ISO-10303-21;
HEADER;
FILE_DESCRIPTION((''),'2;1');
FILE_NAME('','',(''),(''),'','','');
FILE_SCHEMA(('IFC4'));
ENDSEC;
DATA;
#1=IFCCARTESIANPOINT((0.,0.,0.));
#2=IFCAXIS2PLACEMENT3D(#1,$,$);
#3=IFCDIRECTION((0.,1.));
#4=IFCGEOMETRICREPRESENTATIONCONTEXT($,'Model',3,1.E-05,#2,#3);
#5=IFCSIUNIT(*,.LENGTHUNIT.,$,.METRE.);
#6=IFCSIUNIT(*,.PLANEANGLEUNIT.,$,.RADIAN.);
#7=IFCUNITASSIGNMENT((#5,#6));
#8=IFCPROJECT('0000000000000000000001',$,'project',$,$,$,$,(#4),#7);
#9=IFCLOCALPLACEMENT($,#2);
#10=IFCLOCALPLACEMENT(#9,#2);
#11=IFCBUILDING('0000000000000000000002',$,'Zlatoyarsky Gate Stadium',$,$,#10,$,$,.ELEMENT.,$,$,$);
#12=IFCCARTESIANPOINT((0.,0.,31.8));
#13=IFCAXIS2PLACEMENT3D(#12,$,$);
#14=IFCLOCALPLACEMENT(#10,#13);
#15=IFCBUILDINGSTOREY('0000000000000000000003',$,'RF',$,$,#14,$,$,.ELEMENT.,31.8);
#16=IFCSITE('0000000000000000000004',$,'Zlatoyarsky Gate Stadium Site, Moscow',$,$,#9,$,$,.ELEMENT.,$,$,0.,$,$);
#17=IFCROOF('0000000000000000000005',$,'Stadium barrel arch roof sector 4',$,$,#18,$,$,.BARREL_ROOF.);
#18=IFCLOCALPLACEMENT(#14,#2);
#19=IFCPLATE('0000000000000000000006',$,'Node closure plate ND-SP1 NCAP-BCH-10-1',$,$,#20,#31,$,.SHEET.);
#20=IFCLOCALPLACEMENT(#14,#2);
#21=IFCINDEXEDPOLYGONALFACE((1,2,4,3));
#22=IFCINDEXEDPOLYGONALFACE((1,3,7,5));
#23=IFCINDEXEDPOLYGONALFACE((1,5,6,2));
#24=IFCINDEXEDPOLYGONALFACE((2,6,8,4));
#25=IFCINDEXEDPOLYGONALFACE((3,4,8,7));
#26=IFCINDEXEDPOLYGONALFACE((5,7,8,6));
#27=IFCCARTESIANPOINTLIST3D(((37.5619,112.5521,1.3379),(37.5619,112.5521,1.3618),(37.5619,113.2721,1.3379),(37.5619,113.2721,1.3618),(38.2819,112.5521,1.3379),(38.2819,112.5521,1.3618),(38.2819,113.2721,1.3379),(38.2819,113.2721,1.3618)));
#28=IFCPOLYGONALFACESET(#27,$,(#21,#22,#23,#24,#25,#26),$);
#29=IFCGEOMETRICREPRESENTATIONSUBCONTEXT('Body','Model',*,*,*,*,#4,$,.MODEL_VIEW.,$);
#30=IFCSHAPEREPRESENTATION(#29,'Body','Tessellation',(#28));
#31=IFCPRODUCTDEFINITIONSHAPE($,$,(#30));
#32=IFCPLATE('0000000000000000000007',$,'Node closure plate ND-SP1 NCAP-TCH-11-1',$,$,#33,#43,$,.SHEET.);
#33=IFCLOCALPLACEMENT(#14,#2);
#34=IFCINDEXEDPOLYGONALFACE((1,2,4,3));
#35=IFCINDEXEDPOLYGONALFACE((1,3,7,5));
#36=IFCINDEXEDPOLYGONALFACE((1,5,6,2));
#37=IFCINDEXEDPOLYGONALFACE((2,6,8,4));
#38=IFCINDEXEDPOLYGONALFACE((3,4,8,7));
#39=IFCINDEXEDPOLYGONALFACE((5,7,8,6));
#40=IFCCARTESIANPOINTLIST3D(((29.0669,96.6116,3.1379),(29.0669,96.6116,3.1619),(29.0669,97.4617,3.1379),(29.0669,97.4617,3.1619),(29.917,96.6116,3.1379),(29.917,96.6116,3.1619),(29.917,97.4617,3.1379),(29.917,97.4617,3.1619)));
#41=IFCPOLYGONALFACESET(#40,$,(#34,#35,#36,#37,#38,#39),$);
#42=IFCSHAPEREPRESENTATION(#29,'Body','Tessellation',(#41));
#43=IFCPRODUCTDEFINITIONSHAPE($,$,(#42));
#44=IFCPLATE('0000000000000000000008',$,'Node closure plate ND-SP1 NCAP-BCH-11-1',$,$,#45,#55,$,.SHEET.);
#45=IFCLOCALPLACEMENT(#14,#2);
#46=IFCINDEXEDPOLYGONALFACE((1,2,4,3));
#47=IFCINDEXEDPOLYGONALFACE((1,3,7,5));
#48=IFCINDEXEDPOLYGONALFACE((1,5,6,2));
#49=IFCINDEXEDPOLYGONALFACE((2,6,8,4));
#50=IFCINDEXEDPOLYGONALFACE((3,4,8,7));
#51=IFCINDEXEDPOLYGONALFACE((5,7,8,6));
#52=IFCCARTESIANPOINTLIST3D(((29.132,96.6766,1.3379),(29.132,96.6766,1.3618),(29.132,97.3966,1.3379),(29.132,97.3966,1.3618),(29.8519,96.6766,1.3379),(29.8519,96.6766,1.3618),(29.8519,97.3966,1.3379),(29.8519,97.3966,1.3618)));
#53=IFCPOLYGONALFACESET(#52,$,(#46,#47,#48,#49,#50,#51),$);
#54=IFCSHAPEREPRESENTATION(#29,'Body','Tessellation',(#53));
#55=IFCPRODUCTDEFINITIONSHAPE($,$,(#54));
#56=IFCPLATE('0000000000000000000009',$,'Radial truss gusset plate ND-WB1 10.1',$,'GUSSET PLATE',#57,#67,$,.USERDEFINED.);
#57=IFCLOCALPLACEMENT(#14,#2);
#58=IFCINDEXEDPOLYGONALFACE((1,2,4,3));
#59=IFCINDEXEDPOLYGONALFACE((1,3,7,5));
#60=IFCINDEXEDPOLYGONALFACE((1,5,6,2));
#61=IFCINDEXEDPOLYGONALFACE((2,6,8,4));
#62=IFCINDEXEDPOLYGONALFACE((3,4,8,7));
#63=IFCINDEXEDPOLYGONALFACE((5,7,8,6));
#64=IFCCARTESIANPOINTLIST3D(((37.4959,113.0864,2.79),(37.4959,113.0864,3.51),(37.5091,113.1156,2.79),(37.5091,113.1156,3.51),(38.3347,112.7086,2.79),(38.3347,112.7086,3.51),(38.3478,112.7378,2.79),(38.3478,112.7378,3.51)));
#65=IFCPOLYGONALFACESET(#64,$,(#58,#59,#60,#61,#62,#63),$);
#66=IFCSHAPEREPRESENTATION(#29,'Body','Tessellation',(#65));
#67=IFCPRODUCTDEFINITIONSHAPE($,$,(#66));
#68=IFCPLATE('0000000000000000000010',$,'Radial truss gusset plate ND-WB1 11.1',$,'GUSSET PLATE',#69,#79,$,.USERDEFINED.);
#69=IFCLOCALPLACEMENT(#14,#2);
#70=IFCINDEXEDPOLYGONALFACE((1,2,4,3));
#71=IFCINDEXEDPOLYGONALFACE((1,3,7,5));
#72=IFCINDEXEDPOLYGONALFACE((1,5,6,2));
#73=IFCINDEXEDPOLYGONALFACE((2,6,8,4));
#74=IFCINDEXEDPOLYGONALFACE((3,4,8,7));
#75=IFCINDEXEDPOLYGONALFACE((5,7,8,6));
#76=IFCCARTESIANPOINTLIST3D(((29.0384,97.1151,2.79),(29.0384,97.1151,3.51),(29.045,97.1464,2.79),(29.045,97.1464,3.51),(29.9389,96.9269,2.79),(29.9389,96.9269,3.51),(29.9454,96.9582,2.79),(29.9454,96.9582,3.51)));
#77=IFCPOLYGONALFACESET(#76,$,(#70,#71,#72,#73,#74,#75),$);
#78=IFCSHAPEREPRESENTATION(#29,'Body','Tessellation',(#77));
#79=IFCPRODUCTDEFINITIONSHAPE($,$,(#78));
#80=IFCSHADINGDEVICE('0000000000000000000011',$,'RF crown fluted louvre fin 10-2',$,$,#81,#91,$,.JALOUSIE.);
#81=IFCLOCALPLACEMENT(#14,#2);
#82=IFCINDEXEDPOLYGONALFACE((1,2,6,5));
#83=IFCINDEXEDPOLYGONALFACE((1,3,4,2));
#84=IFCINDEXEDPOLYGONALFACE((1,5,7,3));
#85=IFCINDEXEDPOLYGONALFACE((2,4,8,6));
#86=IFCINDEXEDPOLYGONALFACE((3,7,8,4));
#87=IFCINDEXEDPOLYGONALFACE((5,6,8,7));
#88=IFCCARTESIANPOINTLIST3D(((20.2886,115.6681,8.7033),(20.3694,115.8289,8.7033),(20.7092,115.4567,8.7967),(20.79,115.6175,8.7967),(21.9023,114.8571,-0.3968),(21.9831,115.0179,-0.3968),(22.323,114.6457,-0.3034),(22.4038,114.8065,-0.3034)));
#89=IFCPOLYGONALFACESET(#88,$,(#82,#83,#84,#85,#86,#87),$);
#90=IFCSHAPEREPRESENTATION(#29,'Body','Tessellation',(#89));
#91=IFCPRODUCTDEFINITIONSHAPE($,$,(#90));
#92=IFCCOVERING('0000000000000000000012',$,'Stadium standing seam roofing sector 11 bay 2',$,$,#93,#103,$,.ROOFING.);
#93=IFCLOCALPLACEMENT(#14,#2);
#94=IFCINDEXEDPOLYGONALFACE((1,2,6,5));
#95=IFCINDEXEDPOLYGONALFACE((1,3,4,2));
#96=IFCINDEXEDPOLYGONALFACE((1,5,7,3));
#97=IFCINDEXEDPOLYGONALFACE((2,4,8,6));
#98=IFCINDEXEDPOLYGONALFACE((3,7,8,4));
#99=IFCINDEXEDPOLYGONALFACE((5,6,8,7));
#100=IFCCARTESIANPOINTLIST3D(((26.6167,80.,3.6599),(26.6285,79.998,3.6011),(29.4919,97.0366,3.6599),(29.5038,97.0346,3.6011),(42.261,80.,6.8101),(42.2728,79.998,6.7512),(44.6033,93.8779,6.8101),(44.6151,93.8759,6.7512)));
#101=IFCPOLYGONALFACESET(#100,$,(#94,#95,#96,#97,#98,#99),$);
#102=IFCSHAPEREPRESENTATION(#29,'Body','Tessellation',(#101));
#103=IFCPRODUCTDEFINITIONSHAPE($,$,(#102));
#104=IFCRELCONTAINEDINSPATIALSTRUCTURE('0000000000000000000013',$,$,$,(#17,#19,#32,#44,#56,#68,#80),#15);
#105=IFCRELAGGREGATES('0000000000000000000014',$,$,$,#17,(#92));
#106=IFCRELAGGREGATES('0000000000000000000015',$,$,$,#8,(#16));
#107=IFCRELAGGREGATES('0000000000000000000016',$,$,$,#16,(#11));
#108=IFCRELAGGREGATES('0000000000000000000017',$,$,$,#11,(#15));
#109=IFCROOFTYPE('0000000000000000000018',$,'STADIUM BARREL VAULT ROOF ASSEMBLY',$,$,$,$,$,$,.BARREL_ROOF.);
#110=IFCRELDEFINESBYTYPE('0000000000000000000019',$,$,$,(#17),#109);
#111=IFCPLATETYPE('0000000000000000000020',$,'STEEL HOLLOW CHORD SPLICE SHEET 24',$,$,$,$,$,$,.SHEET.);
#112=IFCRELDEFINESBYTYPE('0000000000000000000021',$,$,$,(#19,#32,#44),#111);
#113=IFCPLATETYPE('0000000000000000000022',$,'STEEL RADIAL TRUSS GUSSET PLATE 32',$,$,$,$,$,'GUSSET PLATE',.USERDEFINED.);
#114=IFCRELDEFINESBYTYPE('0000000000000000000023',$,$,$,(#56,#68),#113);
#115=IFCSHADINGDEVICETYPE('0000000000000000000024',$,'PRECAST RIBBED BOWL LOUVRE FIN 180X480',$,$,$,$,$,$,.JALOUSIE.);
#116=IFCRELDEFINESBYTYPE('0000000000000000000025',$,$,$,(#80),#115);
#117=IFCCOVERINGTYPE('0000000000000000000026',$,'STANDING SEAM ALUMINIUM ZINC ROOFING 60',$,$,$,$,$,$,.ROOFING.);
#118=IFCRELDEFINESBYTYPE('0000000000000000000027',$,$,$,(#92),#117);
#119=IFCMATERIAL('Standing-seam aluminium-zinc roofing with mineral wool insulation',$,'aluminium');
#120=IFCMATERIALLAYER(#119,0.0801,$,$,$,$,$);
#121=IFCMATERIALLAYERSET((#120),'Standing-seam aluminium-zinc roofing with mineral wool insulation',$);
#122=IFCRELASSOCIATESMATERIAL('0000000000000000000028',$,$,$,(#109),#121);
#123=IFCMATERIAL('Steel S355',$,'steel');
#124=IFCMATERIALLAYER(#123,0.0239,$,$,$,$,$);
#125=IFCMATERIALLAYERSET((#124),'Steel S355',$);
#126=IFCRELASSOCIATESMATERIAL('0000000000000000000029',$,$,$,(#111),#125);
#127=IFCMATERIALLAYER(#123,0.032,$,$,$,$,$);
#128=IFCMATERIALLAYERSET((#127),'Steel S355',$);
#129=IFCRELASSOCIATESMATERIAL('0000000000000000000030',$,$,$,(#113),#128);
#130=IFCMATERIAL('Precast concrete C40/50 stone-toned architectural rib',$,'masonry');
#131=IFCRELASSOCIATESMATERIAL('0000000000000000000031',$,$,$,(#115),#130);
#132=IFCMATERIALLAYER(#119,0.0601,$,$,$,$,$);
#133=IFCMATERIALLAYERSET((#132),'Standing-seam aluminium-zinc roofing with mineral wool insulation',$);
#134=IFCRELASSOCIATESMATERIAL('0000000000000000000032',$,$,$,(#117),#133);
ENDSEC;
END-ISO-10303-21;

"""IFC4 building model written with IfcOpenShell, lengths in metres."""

from ifc_helpers import new_model, si_unit, direction, frame, origin, origin_2d, place, context, subcontext, project, spatial, polyline, rectangle, outline, extrude, material, layer, layer_set, material_profile, profile_set, type_object, element, aggregate, save


model = new_model("IFC4")

# Units and contexts
model_context = context("Model", 3, precision=1e-05, world=origin(), true_north=direction((0.0, 1.0)))
body_context = subcontext(model_context, "Body", "Model", "MODEL_VIEW")
ifc_project = project(units=[si_unit("LENGTHUNIT", "METRE"), si_unit("PLANEANGLEUNIT", "RADIAN")], contexts=[model_context])

# Site, building, storey
site_placement = place(None, origin())
site = spatial("IfcSite", under=ifc_project, at=site_placement, Name="Zlatoyarsky Gate Stadium Site, Moscow", CompositionType="ELEMENT", RefElevation=0.0)
building_placement = place(site_placement, origin())
building = spatial("IfcBuilding", under=site, at=building_placement, Name="Zlatoyarsky Gate Stadium", CompositionType="ELEMENT")
storey_placement = place(building_placement, frame((0.0, 0.0, 31.8)))
storey = spatial("IfcBuildingStorey", under=building, at=storey_placement, Name="RF", CompositionType="ELEMENT", Elevation=31.8)

# Shared definitions
ifc_material_1 = material(Name="Steel S355", Category="steel")

# Roof
ifc_material_2 = material(Name="Standing-seam aluminium-zinc roofing with mineral wool insulation", Category="aluminium")
ifc_layer_1 = layer(ifc_material_2, 0.0801)
ifc_layer_set_1 = layer_set([ifc_layer_1], Name="Standing-seam aluminium-zinc roofing with mineral wool insulation")
roof_type = type_object("IfcRoofType", Name="STADIUM BARREL VAULT ROOF ASSEMBLY", PredefinedType="BARREL_ROOF", material=ifc_layer_set_1)
roof_placement = place(storey_placement, origin())
roof = element("IfcRoof", 1, at=roof_placement, inside=storey, type_object=roof_type, Name="Stadium barrel arch roof sector 4", PredefinedType="BARREL_ROOF")

# Plates
ifc_layer_2 = layer(ifc_material_1, 0.0239)
ifc_layer_set_2 = layer_set([ifc_layer_2], Name="Steel S355")
plate_type_1 = type_object("IfcPlateType", Name="STEEL HOLLOW CHORD SPLICE SHEET 24", PredefinedType="SHEET", material=ifc_layer_set_2)
plate_1_placement = place(storey_placement, frame((37.9219, 112.9121, 1.3379), z_axis=(0.0, 0.0, 1.0), x_axis=(1.0, 0.0, 0.0)))
element("IfcPlate", 2, at=plate_1_placement, inside=storey, type_object=plate_type_1, Name="Node closure plate ND-SP1 NCAP-BCH-10-1", PredefinedType="SHEET", context=body_context, shape_type="SweptSolid", body=[
    extrude(rectangle(XDim=0.72, YDim=0.72, at=origin_2d()), origin(), (0.0, 0.0, 1.0), 0.0239),
])
plate_2_placement = place(storey_placement, frame((29.4919, 97.0366, 3.1379), z_axis=(0.0, 0.0, 1.0), x_axis=(1.0, 0.0, 0.0)))
element("IfcPlate", 3, at=plate_2_placement, inside=storey, type_object=plate_type_1, Name="Node closure plate ND-SP1 NCAP-TCH-11-1", PredefinedType="SHEET", context=body_context, shape_type="SweptSolid", body=[
    extrude(rectangle(XDim=0.8501, YDim=0.8501, at=origin_2d()), origin(), (0.0, 0.0, 1.0), 0.0239),
])
plate_3_placement = place(storey_placement, frame((29.4919, 97.0366, 1.3379), z_axis=(0.0, 0.0, 1.0), x_axis=(1.0, 0.0, 0.0)))
element("IfcPlate", 4, at=plate_3_placement, inside=storey, type_object=plate_type_1, Name="Node closure plate ND-SP1 NCAP-BCH-11-1", PredefinedType="SHEET", context=body_context, shape_type="SweptSolid", body=[
    extrude(rectangle(XDim=0.72, YDim=0.72, at=origin_2d()), origin(), (0.0, 0.0, 1.0), 0.0239),
])
ifc_layer_3 = layer(ifc_material_1, 0.032)
ifc_layer_set_3 = layer_set([ifc_layer_3], Name="Steel S355")
plate_type_2 = type_object("IfcPlateType", Name="STEEL RADIAL TRUSS GUSSET PLATE 32", ElementType="GUSSET PLATE", PredefinedType="USERDEFINED", material=ifc_layer_set_3)
for number, where, z_axis, x_axis, name in (
    (5, (37.9219, 112.9121, 2.79), (0.0, 0.0, 1.0), (0.911796, -0.410644, 0.0), "Radial truss gusset plate ND-WB1 10.1"),
    (6, (29.4919, 97.0366, 2.79), (0.0, 0.0, 1.0), (0.978847, -0.204595, 0.0), "Radial truss gusset plate ND-WB1 11.1"),
):
    element("IfcPlate", number, at=place(storey_placement, frame(where, z_axis=z_axis, x_axis=x_axis)), inside=storey, type_object=plate_type_2, Name=name, ObjectType="GUSSET PLATE", PredefinedType="USERDEFINED", context=body_context, shape_type="SweptSolid", body=[
        extrude(rectangle(XDim=0.9199, YDim=0.032, at=origin_2d()), origin(), (0.0, 0.0, 1.0), 0.72),
    ])

# Shading device
ifc_material_3 = material(Name="Precast concrete C40/50 stone-toned architectural rib", Category="masonry")
ifc_material_profile_1 = material_profile(ifc_material_3, rectangle(XDim=0.1799, YDim=0.48, at=origin_2d()), Name="RIB 180X480")
ifc_profile_set_1 = profile_set([ifc_material_profile_1], Name="Precast concrete C40/50 stone-toned architectural rib")
shading_device_type = type_object("IfcShadingDeviceType", Name="PRECAST RIBBED BOWL LOUVRE FIN 180X480", PredefinedType="JALOUSIE", material=ifc_profile_set_1)
shading_device_placement = place(storey_placement, frame((22.1531, 114.8318, -0.3501), z_axis=(-0.173943, 0.087419, 0.980868), x_axis=(-0.449051, -0.893506, 0.0)))
element("IfcShadingDevice", 7, at=shading_device_placement, inside=storey, type_object=shading_device_type, Name="RF crown fluted louvre fin 10-2", PredefinedType="JALOUSIE", context=body_context, shape_type="SweptSolid", body=[
    extrude(rectangle(XDim=0.1799, YDim=0.48, at=origin_2d()), origin(), (0.0, 0.0, 1.0), 9.2776),
])

# Covering
ifc_layer_4 = layer(ifc_material_2, 0.0601)
ifc_layer_set_4 = layer_set([ifc_layer_4], Name="Standing-seam aluminium-zinc roofing with mineral wool insulation")
covering_type = type_object("IfcCoveringType", Name="STANDING SEAM ALUMINIUM ZINC ROOFING 60", PredefinedType="ROOFING", material=ifc_layer_set_4)
covering_placement = place(storey_placement, frame((29.4919, 97.0366, 3.6599), z_axis=(-0.197288, 0.033297, 0.97978), x_axis=(-0.166415, -0.986056, 0.000001)))
covering = element("IfcCovering", 8, at=covering_placement, type_object=covering_type, Name="Stadium standing seam roofing sector 11 bay 2", PredefinedType="ROOFING", context=body_context, shape_type="SweptSolid", body=[
    extrude(outline(polyline([(0.0, 0.0), (17.2775, 0.0), (14.6741, 15.7445), (0.5999, 15.7446), (0.0, 0.0)])), origin(), (0.0, 0.0, -1.0), 0.0601),
])
aggregate(roof, [covering])

save(model, "model.ifc")
